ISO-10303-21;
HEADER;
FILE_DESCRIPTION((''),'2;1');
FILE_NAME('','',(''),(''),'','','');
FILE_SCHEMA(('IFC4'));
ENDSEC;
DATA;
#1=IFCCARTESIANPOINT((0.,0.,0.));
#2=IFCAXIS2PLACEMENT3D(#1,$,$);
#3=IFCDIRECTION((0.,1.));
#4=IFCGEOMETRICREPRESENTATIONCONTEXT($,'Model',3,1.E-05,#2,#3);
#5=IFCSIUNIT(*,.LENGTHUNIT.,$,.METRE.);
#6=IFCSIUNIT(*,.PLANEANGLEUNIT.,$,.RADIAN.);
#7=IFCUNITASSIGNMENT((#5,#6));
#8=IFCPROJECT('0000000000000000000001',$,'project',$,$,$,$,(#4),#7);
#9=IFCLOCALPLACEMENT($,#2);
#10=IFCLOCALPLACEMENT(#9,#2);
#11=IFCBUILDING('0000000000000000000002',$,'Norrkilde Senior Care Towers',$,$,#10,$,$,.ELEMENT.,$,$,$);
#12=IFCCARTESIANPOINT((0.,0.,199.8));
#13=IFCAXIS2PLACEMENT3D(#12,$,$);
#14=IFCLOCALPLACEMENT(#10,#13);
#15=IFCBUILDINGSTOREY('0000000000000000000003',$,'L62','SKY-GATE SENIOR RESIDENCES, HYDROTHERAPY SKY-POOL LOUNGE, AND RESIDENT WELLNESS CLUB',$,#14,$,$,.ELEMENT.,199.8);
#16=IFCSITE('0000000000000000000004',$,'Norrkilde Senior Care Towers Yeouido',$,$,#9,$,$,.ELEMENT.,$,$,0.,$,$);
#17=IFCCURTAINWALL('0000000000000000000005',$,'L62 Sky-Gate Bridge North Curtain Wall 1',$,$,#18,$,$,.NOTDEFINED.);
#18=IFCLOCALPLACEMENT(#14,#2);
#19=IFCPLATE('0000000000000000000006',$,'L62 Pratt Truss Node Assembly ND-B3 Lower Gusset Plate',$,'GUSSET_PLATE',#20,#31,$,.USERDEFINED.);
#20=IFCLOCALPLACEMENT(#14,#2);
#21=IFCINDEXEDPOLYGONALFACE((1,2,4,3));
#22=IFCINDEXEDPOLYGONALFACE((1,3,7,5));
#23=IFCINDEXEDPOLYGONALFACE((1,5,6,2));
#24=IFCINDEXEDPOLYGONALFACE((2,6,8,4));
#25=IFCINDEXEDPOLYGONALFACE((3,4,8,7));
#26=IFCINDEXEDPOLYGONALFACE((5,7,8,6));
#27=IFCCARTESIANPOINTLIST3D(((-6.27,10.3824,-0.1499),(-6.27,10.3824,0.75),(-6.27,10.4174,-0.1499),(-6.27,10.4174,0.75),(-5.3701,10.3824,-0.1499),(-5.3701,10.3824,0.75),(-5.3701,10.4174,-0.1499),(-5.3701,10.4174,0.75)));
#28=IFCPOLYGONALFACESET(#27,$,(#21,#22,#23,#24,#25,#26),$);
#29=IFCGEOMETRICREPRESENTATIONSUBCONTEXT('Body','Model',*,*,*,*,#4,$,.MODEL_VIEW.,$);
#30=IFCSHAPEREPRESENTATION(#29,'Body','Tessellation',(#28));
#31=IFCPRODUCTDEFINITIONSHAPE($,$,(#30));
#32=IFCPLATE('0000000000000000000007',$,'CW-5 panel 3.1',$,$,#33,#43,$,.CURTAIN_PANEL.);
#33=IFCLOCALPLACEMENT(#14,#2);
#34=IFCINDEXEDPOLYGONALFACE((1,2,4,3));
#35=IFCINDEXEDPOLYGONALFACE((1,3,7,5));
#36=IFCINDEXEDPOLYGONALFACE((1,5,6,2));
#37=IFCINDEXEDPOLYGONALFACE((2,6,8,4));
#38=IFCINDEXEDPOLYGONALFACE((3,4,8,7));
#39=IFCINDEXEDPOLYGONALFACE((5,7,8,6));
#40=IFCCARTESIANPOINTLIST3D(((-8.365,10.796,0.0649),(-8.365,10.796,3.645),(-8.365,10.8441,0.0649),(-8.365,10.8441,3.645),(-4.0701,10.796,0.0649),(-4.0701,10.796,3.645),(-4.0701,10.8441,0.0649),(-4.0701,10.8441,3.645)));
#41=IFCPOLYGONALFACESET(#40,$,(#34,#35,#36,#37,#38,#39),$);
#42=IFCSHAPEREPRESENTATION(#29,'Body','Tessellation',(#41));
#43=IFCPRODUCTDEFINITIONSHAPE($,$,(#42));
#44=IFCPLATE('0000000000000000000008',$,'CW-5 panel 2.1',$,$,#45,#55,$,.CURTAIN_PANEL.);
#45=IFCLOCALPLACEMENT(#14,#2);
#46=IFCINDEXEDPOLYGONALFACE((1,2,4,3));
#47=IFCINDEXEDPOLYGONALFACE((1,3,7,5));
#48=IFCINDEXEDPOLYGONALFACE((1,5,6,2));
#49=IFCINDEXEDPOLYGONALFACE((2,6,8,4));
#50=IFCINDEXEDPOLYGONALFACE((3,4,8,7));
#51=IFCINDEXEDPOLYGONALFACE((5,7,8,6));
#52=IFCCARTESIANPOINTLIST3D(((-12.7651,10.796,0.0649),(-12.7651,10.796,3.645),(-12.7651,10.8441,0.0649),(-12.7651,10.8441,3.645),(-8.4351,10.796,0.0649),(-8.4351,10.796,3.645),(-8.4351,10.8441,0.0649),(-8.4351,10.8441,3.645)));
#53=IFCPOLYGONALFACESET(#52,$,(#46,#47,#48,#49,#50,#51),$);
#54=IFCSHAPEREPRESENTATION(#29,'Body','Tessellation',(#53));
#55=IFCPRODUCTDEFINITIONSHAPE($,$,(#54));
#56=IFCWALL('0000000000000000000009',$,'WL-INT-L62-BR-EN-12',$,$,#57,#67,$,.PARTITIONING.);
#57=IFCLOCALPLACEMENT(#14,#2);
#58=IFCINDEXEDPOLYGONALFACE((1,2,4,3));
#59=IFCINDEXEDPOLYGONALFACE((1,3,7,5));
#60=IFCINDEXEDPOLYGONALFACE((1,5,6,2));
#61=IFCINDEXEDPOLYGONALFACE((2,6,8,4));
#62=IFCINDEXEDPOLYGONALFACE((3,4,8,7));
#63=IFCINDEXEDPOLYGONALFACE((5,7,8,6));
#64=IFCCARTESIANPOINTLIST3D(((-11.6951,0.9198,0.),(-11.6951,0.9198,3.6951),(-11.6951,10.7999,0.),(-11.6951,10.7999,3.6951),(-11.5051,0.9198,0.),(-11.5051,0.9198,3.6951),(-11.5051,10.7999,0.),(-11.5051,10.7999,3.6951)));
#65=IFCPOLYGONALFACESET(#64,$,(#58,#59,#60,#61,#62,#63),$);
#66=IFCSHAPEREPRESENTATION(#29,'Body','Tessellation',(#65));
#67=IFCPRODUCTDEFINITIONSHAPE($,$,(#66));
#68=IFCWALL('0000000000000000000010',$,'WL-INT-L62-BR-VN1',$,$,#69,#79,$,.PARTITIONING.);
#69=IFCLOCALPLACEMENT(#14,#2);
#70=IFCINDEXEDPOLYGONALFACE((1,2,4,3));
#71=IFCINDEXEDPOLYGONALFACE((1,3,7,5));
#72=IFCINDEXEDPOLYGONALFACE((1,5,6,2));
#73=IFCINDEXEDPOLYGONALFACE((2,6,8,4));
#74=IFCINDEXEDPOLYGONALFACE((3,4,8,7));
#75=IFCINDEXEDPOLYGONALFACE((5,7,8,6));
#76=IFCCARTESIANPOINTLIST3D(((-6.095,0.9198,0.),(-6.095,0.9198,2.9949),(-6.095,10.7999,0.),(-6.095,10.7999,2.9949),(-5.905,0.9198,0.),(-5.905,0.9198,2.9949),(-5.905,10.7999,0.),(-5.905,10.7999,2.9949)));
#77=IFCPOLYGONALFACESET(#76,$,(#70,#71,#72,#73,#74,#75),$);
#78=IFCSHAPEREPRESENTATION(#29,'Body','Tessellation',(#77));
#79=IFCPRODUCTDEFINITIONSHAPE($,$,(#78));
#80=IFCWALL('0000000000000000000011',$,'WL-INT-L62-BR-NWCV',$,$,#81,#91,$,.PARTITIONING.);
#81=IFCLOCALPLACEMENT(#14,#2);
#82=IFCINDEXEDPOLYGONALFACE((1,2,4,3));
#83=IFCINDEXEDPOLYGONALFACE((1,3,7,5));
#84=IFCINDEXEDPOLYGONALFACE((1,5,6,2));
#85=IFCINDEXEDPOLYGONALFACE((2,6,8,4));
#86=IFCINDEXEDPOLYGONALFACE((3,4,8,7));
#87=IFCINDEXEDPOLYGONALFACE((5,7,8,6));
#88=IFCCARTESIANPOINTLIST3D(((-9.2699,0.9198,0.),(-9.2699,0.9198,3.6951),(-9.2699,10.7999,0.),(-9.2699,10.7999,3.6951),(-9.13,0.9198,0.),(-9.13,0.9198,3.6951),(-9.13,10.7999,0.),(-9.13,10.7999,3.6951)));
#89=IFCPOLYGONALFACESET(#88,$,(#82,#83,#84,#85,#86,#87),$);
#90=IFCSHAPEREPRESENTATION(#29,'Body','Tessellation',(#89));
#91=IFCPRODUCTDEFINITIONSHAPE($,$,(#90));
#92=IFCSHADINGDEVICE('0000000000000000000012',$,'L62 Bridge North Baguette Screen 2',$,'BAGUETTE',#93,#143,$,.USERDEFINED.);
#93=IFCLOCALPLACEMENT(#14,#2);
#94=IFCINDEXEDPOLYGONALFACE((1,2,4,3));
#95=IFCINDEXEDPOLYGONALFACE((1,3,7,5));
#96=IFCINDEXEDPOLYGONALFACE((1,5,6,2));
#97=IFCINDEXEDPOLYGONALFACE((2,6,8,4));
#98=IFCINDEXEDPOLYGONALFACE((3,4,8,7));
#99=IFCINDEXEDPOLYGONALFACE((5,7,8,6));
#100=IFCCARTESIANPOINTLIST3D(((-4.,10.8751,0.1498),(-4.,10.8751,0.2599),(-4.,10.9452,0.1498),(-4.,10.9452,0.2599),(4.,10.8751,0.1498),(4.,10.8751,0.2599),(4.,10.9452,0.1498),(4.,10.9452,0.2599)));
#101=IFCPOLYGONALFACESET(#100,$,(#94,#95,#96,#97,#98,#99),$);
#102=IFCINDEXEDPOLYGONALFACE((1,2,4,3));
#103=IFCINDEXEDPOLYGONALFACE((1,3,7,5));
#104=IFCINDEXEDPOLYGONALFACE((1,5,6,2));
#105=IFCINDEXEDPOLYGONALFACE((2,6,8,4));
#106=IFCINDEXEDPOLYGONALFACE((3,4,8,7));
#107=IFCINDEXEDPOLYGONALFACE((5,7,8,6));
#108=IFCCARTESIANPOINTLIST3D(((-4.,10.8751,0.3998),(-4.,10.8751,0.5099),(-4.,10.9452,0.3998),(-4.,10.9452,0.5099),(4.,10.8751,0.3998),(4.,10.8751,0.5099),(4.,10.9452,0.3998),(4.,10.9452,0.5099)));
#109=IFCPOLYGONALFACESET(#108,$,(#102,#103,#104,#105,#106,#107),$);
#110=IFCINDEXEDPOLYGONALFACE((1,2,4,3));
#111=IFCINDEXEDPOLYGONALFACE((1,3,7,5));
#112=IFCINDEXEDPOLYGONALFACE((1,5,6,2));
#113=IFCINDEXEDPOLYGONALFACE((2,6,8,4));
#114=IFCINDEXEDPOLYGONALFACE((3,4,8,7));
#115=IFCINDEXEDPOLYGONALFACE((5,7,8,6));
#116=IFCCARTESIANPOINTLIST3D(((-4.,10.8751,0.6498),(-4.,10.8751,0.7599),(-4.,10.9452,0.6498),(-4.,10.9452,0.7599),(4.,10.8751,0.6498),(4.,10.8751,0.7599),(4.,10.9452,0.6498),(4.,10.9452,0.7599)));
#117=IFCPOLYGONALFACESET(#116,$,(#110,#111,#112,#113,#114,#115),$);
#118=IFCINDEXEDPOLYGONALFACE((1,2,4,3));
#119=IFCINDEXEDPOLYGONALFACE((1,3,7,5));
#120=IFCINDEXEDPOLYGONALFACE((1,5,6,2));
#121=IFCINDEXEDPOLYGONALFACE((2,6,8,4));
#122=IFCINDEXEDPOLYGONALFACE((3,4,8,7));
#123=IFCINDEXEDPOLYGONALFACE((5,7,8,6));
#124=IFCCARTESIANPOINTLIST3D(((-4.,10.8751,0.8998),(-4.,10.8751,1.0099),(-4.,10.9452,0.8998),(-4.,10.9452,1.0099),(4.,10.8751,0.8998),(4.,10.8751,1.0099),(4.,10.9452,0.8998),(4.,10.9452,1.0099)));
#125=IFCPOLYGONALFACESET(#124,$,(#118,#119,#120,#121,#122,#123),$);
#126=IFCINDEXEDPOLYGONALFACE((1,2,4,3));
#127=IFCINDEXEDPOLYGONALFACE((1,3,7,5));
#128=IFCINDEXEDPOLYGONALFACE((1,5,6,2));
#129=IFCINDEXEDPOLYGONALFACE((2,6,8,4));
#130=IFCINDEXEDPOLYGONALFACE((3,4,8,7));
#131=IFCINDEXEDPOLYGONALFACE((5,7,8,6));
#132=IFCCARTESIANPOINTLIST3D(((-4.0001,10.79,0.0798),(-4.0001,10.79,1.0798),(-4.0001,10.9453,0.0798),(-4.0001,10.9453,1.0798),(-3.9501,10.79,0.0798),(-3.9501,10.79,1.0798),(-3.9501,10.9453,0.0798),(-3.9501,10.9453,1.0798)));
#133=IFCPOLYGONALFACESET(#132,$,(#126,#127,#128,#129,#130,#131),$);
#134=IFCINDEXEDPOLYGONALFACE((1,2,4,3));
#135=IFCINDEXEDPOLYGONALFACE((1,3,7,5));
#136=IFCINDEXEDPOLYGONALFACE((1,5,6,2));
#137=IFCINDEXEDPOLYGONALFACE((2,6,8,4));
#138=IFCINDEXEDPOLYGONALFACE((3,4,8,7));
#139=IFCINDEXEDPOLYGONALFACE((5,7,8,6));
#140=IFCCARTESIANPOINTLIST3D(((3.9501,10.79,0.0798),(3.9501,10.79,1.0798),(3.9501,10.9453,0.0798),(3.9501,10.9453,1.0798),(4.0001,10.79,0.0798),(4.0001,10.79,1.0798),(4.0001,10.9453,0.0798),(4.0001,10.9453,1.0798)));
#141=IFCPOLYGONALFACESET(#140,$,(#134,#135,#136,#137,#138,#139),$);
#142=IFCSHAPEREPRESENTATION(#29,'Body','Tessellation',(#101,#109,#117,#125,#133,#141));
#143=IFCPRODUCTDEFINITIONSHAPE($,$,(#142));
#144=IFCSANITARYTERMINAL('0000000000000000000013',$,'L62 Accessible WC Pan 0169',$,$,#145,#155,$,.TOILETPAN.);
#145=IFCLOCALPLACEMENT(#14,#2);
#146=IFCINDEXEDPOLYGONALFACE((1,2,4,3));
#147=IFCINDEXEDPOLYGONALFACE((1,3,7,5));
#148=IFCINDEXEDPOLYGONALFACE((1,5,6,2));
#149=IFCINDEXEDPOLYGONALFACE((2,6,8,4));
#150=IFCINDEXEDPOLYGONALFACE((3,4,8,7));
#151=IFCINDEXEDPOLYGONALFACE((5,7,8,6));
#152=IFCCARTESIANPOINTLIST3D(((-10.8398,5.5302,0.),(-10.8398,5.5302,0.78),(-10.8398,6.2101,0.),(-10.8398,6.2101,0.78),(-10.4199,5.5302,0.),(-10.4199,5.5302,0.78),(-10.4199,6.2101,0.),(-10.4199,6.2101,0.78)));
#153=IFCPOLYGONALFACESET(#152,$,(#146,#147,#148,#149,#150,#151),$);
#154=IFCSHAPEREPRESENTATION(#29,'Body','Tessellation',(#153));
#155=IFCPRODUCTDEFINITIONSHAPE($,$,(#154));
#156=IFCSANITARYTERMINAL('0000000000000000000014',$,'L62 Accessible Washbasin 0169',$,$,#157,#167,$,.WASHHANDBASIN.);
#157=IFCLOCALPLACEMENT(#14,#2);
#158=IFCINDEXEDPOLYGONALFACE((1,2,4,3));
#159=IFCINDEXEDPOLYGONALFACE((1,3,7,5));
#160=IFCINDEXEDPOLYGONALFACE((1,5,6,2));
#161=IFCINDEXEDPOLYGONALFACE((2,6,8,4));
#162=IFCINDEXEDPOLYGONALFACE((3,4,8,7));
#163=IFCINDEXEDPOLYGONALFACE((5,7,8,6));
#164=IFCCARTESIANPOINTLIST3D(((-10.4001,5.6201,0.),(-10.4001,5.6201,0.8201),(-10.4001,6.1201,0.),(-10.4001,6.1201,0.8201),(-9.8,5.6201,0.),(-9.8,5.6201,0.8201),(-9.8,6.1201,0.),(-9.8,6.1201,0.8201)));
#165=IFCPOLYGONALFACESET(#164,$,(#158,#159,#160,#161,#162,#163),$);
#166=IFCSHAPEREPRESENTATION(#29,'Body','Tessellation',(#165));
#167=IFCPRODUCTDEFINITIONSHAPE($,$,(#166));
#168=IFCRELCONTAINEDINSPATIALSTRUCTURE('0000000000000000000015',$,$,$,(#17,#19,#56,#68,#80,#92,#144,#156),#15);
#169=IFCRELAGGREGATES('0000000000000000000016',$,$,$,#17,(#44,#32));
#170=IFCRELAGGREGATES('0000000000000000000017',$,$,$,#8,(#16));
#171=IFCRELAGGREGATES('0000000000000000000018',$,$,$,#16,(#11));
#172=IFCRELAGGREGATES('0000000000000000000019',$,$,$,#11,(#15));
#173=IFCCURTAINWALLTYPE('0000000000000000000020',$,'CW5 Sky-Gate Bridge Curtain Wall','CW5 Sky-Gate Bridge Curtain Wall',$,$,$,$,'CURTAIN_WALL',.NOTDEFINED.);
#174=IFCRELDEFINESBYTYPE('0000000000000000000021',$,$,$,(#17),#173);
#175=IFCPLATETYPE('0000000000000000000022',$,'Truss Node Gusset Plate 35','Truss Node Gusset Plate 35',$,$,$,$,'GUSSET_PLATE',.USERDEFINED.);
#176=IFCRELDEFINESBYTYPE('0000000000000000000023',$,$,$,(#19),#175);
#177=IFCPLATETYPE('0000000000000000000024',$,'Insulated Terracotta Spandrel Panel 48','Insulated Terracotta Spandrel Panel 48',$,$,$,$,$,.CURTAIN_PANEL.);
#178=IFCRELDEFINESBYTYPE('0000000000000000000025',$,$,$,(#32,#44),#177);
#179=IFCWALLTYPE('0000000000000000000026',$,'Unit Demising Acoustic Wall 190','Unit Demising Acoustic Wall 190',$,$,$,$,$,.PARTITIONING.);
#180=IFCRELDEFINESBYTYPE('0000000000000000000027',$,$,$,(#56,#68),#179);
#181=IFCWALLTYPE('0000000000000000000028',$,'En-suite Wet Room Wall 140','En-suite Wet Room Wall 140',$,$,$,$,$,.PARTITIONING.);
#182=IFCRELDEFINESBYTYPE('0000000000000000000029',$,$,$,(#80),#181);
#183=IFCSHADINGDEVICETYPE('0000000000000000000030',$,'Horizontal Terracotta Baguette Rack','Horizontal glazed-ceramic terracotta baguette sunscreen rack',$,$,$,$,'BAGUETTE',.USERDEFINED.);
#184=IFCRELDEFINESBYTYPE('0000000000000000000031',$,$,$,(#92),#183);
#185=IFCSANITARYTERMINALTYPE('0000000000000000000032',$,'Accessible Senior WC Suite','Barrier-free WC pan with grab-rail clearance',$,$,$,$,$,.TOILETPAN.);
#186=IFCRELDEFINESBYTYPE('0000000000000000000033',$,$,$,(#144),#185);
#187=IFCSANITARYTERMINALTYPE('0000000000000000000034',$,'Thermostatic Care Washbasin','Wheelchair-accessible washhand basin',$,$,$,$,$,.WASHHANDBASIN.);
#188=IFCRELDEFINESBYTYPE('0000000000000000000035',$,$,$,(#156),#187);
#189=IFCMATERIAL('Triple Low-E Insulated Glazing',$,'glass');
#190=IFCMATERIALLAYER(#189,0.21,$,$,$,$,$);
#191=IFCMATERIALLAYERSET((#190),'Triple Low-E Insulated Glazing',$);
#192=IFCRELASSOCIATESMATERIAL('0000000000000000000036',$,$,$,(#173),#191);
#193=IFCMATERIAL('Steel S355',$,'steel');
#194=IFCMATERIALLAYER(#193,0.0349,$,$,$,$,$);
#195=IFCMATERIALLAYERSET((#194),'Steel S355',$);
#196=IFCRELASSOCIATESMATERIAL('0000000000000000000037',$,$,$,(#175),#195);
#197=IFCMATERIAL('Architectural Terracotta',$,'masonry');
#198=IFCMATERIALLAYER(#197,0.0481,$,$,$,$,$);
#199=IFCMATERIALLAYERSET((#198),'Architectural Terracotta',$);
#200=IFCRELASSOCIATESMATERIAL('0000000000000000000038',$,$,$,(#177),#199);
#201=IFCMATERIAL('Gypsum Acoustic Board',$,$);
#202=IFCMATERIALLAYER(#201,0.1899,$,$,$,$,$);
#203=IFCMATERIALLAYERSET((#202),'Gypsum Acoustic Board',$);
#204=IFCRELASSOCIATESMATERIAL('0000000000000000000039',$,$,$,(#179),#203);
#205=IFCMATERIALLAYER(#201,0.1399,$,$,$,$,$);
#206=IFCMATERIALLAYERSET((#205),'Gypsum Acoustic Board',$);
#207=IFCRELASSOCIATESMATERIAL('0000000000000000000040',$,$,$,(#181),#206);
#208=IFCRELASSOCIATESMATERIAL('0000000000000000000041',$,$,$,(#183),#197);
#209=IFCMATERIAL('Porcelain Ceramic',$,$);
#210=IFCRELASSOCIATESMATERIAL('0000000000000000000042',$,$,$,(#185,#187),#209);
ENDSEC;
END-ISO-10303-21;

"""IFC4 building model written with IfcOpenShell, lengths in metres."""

from ifc_helpers import new_model, si_unit, direction, frame, frame_2d, origin, origin_2d, place, context, subcontext, project, spatial, rectangle, extrude, source, transform, mapped, material, layer, layer_set, type_object, type_shapes, element, aggregate, save


model = new_model("IFC4")

# Units and contexts
model_context = context("Model", 3, precision=1e-05, world=origin(), true_north=direction((0.0, 1.0)))
body_context = subcontext(model_context, "Body", "Model", "MODEL_VIEW")
ifc_project = project(units=[si_unit("LENGTHUNIT", "METRE"), si_unit("PLANEANGLEUNIT", "RADIAN")], contexts=[model_context])

# Site, building, storey
site_placement = place(None, origin())
site = spatial("IfcSite", under=ifc_project, at=site_placement, Name="Norrkilde Senior Care Towers Yeouido", CompositionType="ELEMENT", RefElevation=0.0)
building_placement = place(site_placement, origin())
building = spatial("IfcBuilding", under=site, at=building_placement, Name="Norrkilde Senior Care Towers", CompositionType="ELEMENT")
storey_placement = place(building_placement, frame((0.0, 0.0, 199.8)))
storey = spatial("IfcBuildingStorey", under=building, at=storey_placement, Name="L62", Description="SKY-GATE SENIOR RESIDENCES, HYDROTHERAPY SKY-POOL LOUNGE, AND RESIDENT WELLNESS CLUB", CompositionType="ELEMENT", Elevation=199.8)

# Shared definitions
ifc_material_1 = material(Name="Steel S355", Category="steel")

# Curtain wall
ifc_material_2 = material(Name="Triple Low-E Insulated Glazing", Category="glass")
ifc_layer_1 = layer(ifc_material_2, 0.21)
ifc_layer_set_1 = layer_set([ifc_layer_1], Name="Triple Low-E Insulated Glazing")
curtain_wall_type = type_object("IfcCurtainWallType", Name="CW5 Sky-Gate Bridge Curtain Wall", Description="CW5 Sky-Gate Bridge Curtain Wall", ElementType="CURTAIN_WALL", PredefinedType="NOTDEFINED", material=ifc_layer_set_1)
curtain_wall_placement = place(storey_placement, origin())
curtain_wall = element("IfcCurtainWall", 1, at=curtain_wall_placement, inside=storey, type_object=curtain_wall_type, Name="L62 Sky-Gate Bridge North Curtain Wall 1", PredefinedType="NOTDEFINED")

# Plate
ifc_layer_2 = layer(ifc_material_1, 0.0349)
ifc_layer_set_2 = layer_set([ifc_layer_2], Name="Steel S355")
plate_type_1 = type_object("IfcPlateType", Name="Truss Node Gusset Plate 35", Description="Truss Node Gusset Plate 35", ElementType="GUSSET_PLATE", PredefinedType="USERDEFINED", material=ifc_layer_set_2)
shared_shape_1 = source(origin(), body_context, "Body", "SweptSolid", [
    extrude(rectangle(XDim=0.8999, YDim=0.0349, at=origin_2d()), origin(), (0.0, 0.0, 1.0), 0.8999),
])
type_shapes(plate_type_1, [shared_shape_1])
for number, where, z_axis, x_axis, name in (
    (2, (-5.8201, 10.3999, -0.1499), (0.0, 0.0, 1.0), (1.0, 0.0, 0.0), "L62 Pratt Truss Node Assembly ND-B3 Lower Gusset Plate"),
):
    element("IfcPlate", number, at=place(storey_placement, frame(where, z_axis=z_axis, x_axis=x_axis)), inside=storey, type_object=plate_type_1, Name=name, ObjectType="GUSSET_PLATE", PredefinedType="USERDEFINED", context=body_context, shape_type="MappedRepresentation", body=[
        mapped(shared_shape_1, transform((0.0, 0.0, 0.0), x_axis=(1.0, 0.0, 0.0), y_axis=(0.0, 1.0, 0.0), z_axis=(0.0, 0.0, 1.0), scale=1.0)),
    ])

# Plates
ifc_material_3 = material(Name="Architectural Terracotta", Category="masonry")
ifc_layer_3 = layer(ifc_material_3, 0.0481)
ifc_layer_set_3 = layer_set([ifc_layer_3], Name="Architectural Terracotta")
plate_type_2 = type_object("IfcPlateType", Name="Insulated Terracotta Spandrel Panel 48", Description="Insulated Terracotta Spandrel Panel 48", PredefinedType="CURTAIN_PANEL", material=ifc_layer_set_3)
shared_shape_2 = source(origin(), body_context, "Body", "SweptSolid", [
    extrude(rectangle(XDim=4.2949, YDim=0.0481, at=origin_2d()), origin(), (0.0, 0.0, 1.0), 3.5801),
])
plate_1_placement = place(storey_placement, frame((-6.2175, 10.8201, 0.0649), z_axis=(0.0, 0.0, 1.0), x_axis=(1.0, 0.0, 0.0)))
plate_1 = element("IfcPlate", 3, at=plate_1_placement, type_object=plate_type_2, Name="CW-5 panel 3.1", PredefinedType="CURTAIN_PANEL", context=body_context, shape_type="MappedRepresentation", body=[
    mapped(shared_shape_2, transform((0.0, 0.0, 0.0), x_axis=(1.0, 0.0, 0.0), y_axis=(0.0, 1.0, 0.0), z_axis=(0.0, 0.0, 1.0), scale=1.0)),
])
shared_shape_3 = source(origin(), body_context, "Body", "SweptSolid", [
    extrude(rectangle(XDim=4.3301, YDim=0.0481, at=origin_2d()), origin(), (0.0, 0.0, 1.0), 3.5801),
])
type_shapes(plate_type_2, [shared_shape_2, shared_shape_3])
plate_2_placement = place(storey_placement, frame((-10.6001, 10.8201, 0.0649), z_axis=(0.0, 0.0, 1.0), x_axis=(1.0, 0.0, 0.0)))
plate_2 = element("IfcPlate", 4, at=plate_2_placement, type_object=plate_type_2, Name="CW-5 panel 2.1", PredefinedType="CURTAIN_PANEL", context=body_context, shape_type="MappedRepresentation", body=[
    mapped(shared_shape_3, transform((0.0, 0.0, 0.0), x_axis=(1.0, 0.0, 0.0), y_axis=(0.0, 1.0, 0.0), z_axis=(0.0, 0.0, 1.0), scale=1.0)),
])
aggregate(curtain_wall, [plate_2, plate_1])

# Walls
ifc_material_4 = material(Name="Gypsum Acoustic Board")
ifc_layer_4 = layer(ifc_material_4, 0.1899)
ifc_layer_set_4 = layer_set([ifc_layer_4], Name="Gypsum Acoustic Board")
wall_type_1 = type_object("IfcWallType", Name="Unit Demising Acoustic Wall 190", Description="Unit Demising Acoustic Wall 190", PredefinedType="PARTITIONING", material=ifc_layer_set_4)
shared_shape_4 = source(origin(), body_context, "Body", "SweptSolid", [
    extrude(rectangle(XDim=9.8801, YDim=0.1899, at=frame_2d((4.9399, 0.0))), origin(), (0.0, 0.0, 1.0), 3.6951),
])
wall_1_placement = place(storey_placement, frame((-11.6001, 0.9199, 0.0), z_axis=(0.0, 0.0, 1.0), x_axis=(0.0, 1.0, 0.0)))
element("IfcWall", 5, at=wall_1_placement, inside=storey, type_object=wall_type_1, Name="WL-INT-L62-BR-EN-12", PredefinedType="PARTITIONING", context=body_context, shape_type="MappedRepresentation", body=[
    mapped(shared_shape_4, transform((0.0, 0.0, 0.0), x_axis=(1.0, 0.0, 0.0), y_axis=(0.0, 1.0, 0.0), z_axis=(0.0, 0.0, 1.0), scale=1.0)),
])
shared_shape_5 = source(origin(), body_context, "Body", "SweptSolid", [
    extrude(rectangle(XDim=9.8801, YDim=0.1899, at=frame_2d((4.9399, 0.0))), origin(), (0.0, 0.0, 1.0), 2.9949),
])
type_shapes(wall_type_1, [shared_shape_4, shared_shape_5])
wall_2_placement = place(storey_placement, frame((-6.0, 0.9199, 0.0), z_axis=(0.0, 0.0, 1.0), x_axis=(0.0, 1.0, 0.0)))
element("IfcWall", 6, at=wall_2_placement, inside=storey, type_object=wall_type_1, Name="WL-INT-L62-BR-VN1", PredefinedType="PARTITIONING", context=body_context, shape_type="MappedRepresentation", body=[
    mapped(shared_shape_5, transform((0.0, 0.0, 0.0), x_axis=(1.0, 0.0, 0.0), y_axis=(0.0, 1.0, 0.0), z_axis=(0.0, 0.0, 1.0), scale=1.0)),
])
ifc_layer_5 = layer(ifc_material_4, 0.1399)
ifc_layer_set_5 = layer_set([ifc_layer_5], Name="Gypsum Acoustic Board")
wall_type_2 = type_object("IfcWallType", Name="En-suite Wet Room Wall 140", Description="En-suite Wet Room Wall 140", PredefinedType="PARTITIONING", material=ifc_layer_set_5)
shared_shape_6 = source(origin(), body_context, "Body", "SweptSolid", [
    extrude(rectangle(XDim=9.8801, YDim=0.1399, at=frame_2d((4.9399, 0.0))), origin(), (0.0, 0.0, 1.0), 3.6951),
])
type_shapes(wall_type_2, [shared_shape_6])
wall_3_placement = place(storey_placement, frame((-9.2, 0.9199, 0.0), z_axis=(0.0, 0.0, 1.0), x_axis=(0.0, 1.0, 0.0)))
element("IfcWall", 7, at=wall_3_placement, inside=storey, type_object=wall_type_2, Name="WL-INT-L62-BR-NWCV", PredefinedType="PARTITIONING", context=body_context, shape_type="MappedRepresentation", body=[
    mapped(shared_shape_6, transform((0.0, 0.0, 0.0), x_axis=(1.0, 0.0, 0.0), y_axis=(0.0, 1.0, 0.0), z_axis=(0.0, 0.0, 1.0), scale=1.0)),
])

# Shading device
shading_device_type = type_object("IfcShadingDeviceType", Name="Horizontal Terracotta Baguette Rack", Description="Horizontal glazed-ceramic terracotta baguette sunscreen rack", ElementType="BAGUETTE", PredefinedType="USERDEFINED", material=ifc_material_3)
shared_shape_7 = source(origin(), body_context, "Body", "SweptSolid", [
    extrude(rectangle(XDim=0.0701, YDim=0.1101, at=origin_2d()), frame((0.0, 0.0901, 0.125), z_axis=(1.0, 0.0, 0.0), x_axis=(0.0, 1.0, 0.0)), (0.0, 0.0, 1.0), 8.0),
    extrude(rectangle(XDim=0.0701, YDim=0.1101, at=origin_2d()), frame((0.0, 0.0901, 0.375), z_axis=(1.0, 0.0, 0.0), x_axis=(0.0, 1.0, 0.0)), (0.0, 0.0, 1.0), 8.0),
    extrude(rectangle(XDim=0.0701, YDim=0.1101, at=origin_2d()), frame((0.0, 0.0901, 0.625), z_axis=(1.0, 0.0, 0.0), x_axis=(0.0, 1.0, 0.0)), (0.0, 0.0, 1.0), 8.0),
    extrude(rectangle(XDim=0.0701, YDim=0.1101, at=origin_2d()), frame((0.0, 0.0901, 0.875), z_axis=(1.0, 0.0, 0.0), x_axis=(0.0, 1.0, 0.0)), (0.0, 0.0, 1.0), 8.0),
    extrude(rectangle(XDim=0.05, YDim=0.1553, at=origin_2d()), frame((0.0249, 0.0476, 0.0)), (0.0, 0.0, 1.0), 1.0),
    extrude(rectangle(XDim=0.05, YDim=0.1553, at=origin_2d()), frame((7.9751, 0.0476, 0.0)), (0.0, 0.0, 1.0), 1.0),
])
type_shapes(shading_device_type, [shared_shape_7])
shading_device_placement = place(storey_placement, frame((-4.0, 10.8201, 0.0798), z_axis=(0.0, 0.0, 1.0), x_axis=(1.0, 0.0, 0.0)))
element("IfcShadingDevice", 8, at=shading_device_placement, inside=storey, type_object=shading_device_type, Name="L62 Bridge North Baguette Screen 2", ObjectType="BAGUETTE", PredefinedType="USERDEFINED", context=body_context, shape_type="MappedRepresentation", body=[
    mapped(shared_shape_7, transform((0.0, 0.0, 0.0), x_axis=(1.0, 0.0, 0.0), y_axis=(0.0, 1.0, 0.0), z_axis=(0.0, 0.0, 1.0), scale=1.0)),
])

# Sanitary terminals
ifc_material_5 = material(Name="Porcelain Ceramic")
sanitary_terminal_type_1 = type_object("IfcSanitaryTerminalType", Name="Accessible Senior WC Suite", Description="Barrier-free WC pan with grab-rail clearance", PredefinedType="TOILETPAN", material=ifc_material_5)
shared_shape_8 = source(origin(), body_context, "Body", "SweptSolid", [
    extrude(rectangle(XDim=0.4199, YDim=0.6799, at=origin_2d()), origin(), (0.0, 0.0, 1.0), 0.78),
])
type_shapes(sanitary_terminal_type_1, [shared_shape_8])
sanitary_terminal_1_placement = place(storey_placement, frame((-10.6299, 5.8701, 0.0), z_axis=(0.0, 0.0, 1.0), x_axis=(1.0, 0.0, 0.0)))
element("IfcSanitaryTerminal", 9, at=sanitary_terminal_1_placement, inside=storey, type_object=sanitary_terminal_type_1, Name="L62 Accessible WC Pan 0169", PredefinedType="TOILETPAN", context=body_context, shape_type="MappedRepresentation", body=[
    mapped(shared_shape_8, transform((0.0, 0.0, 0.0), x_axis=(1.0, 0.0, 0.0), y_axis=(0.0, 1.0, 0.0), z_axis=(0.0, 0.0, 1.0), scale=1.0)),
])
sanitary_terminal_type_2 = type_object("IfcSanitaryTerminalType", Name="Thermostatic Care Washbasin", Description="Wheelchair-accessible washhand basin", PredefinedType="WASHHANDBASIN", material=ifc_material_5)
shared_shape_9 = source(origin(), body_context, "Body", "SweptSolid", [
    extrude(rectangle(XDim=0.6001, YDim=0.5, at=origin_2d()), origin(), (0.0, 0.0, 1.0), 0.8201),
])
type_shapes(sanitary_terminal_type_2, [shared_shape_9])
sanitary_terminal_2_placement = place(storey_placement, frame((-10.1001, 5.8701, 0.0), z_axis=(0.0, 0.0, 1.0), x_axis=(1.0, 0.0, 0.0)))
element("IfcSanitaryTerminal", 10, at=sanitary_terminal_2_placement, inside=storey, type_object=sanitary_terminal_type_2, Name="L62 Accessible Washbasin 0169", PredefinedType="WASHHANDBASIN", context=body_context, shape_type="MappedRepresentation", body=[
    mapped(shared_shape_9, transform((0.0, 0.0, 0.0), x_axis=(1.0, 0.0, 0.0), y_axis=(0.0, 1.0, 0.0), z_axis=(0.0, 0.0, 1.0), scale=1.0)),
])

save(model, "model.ifc")
